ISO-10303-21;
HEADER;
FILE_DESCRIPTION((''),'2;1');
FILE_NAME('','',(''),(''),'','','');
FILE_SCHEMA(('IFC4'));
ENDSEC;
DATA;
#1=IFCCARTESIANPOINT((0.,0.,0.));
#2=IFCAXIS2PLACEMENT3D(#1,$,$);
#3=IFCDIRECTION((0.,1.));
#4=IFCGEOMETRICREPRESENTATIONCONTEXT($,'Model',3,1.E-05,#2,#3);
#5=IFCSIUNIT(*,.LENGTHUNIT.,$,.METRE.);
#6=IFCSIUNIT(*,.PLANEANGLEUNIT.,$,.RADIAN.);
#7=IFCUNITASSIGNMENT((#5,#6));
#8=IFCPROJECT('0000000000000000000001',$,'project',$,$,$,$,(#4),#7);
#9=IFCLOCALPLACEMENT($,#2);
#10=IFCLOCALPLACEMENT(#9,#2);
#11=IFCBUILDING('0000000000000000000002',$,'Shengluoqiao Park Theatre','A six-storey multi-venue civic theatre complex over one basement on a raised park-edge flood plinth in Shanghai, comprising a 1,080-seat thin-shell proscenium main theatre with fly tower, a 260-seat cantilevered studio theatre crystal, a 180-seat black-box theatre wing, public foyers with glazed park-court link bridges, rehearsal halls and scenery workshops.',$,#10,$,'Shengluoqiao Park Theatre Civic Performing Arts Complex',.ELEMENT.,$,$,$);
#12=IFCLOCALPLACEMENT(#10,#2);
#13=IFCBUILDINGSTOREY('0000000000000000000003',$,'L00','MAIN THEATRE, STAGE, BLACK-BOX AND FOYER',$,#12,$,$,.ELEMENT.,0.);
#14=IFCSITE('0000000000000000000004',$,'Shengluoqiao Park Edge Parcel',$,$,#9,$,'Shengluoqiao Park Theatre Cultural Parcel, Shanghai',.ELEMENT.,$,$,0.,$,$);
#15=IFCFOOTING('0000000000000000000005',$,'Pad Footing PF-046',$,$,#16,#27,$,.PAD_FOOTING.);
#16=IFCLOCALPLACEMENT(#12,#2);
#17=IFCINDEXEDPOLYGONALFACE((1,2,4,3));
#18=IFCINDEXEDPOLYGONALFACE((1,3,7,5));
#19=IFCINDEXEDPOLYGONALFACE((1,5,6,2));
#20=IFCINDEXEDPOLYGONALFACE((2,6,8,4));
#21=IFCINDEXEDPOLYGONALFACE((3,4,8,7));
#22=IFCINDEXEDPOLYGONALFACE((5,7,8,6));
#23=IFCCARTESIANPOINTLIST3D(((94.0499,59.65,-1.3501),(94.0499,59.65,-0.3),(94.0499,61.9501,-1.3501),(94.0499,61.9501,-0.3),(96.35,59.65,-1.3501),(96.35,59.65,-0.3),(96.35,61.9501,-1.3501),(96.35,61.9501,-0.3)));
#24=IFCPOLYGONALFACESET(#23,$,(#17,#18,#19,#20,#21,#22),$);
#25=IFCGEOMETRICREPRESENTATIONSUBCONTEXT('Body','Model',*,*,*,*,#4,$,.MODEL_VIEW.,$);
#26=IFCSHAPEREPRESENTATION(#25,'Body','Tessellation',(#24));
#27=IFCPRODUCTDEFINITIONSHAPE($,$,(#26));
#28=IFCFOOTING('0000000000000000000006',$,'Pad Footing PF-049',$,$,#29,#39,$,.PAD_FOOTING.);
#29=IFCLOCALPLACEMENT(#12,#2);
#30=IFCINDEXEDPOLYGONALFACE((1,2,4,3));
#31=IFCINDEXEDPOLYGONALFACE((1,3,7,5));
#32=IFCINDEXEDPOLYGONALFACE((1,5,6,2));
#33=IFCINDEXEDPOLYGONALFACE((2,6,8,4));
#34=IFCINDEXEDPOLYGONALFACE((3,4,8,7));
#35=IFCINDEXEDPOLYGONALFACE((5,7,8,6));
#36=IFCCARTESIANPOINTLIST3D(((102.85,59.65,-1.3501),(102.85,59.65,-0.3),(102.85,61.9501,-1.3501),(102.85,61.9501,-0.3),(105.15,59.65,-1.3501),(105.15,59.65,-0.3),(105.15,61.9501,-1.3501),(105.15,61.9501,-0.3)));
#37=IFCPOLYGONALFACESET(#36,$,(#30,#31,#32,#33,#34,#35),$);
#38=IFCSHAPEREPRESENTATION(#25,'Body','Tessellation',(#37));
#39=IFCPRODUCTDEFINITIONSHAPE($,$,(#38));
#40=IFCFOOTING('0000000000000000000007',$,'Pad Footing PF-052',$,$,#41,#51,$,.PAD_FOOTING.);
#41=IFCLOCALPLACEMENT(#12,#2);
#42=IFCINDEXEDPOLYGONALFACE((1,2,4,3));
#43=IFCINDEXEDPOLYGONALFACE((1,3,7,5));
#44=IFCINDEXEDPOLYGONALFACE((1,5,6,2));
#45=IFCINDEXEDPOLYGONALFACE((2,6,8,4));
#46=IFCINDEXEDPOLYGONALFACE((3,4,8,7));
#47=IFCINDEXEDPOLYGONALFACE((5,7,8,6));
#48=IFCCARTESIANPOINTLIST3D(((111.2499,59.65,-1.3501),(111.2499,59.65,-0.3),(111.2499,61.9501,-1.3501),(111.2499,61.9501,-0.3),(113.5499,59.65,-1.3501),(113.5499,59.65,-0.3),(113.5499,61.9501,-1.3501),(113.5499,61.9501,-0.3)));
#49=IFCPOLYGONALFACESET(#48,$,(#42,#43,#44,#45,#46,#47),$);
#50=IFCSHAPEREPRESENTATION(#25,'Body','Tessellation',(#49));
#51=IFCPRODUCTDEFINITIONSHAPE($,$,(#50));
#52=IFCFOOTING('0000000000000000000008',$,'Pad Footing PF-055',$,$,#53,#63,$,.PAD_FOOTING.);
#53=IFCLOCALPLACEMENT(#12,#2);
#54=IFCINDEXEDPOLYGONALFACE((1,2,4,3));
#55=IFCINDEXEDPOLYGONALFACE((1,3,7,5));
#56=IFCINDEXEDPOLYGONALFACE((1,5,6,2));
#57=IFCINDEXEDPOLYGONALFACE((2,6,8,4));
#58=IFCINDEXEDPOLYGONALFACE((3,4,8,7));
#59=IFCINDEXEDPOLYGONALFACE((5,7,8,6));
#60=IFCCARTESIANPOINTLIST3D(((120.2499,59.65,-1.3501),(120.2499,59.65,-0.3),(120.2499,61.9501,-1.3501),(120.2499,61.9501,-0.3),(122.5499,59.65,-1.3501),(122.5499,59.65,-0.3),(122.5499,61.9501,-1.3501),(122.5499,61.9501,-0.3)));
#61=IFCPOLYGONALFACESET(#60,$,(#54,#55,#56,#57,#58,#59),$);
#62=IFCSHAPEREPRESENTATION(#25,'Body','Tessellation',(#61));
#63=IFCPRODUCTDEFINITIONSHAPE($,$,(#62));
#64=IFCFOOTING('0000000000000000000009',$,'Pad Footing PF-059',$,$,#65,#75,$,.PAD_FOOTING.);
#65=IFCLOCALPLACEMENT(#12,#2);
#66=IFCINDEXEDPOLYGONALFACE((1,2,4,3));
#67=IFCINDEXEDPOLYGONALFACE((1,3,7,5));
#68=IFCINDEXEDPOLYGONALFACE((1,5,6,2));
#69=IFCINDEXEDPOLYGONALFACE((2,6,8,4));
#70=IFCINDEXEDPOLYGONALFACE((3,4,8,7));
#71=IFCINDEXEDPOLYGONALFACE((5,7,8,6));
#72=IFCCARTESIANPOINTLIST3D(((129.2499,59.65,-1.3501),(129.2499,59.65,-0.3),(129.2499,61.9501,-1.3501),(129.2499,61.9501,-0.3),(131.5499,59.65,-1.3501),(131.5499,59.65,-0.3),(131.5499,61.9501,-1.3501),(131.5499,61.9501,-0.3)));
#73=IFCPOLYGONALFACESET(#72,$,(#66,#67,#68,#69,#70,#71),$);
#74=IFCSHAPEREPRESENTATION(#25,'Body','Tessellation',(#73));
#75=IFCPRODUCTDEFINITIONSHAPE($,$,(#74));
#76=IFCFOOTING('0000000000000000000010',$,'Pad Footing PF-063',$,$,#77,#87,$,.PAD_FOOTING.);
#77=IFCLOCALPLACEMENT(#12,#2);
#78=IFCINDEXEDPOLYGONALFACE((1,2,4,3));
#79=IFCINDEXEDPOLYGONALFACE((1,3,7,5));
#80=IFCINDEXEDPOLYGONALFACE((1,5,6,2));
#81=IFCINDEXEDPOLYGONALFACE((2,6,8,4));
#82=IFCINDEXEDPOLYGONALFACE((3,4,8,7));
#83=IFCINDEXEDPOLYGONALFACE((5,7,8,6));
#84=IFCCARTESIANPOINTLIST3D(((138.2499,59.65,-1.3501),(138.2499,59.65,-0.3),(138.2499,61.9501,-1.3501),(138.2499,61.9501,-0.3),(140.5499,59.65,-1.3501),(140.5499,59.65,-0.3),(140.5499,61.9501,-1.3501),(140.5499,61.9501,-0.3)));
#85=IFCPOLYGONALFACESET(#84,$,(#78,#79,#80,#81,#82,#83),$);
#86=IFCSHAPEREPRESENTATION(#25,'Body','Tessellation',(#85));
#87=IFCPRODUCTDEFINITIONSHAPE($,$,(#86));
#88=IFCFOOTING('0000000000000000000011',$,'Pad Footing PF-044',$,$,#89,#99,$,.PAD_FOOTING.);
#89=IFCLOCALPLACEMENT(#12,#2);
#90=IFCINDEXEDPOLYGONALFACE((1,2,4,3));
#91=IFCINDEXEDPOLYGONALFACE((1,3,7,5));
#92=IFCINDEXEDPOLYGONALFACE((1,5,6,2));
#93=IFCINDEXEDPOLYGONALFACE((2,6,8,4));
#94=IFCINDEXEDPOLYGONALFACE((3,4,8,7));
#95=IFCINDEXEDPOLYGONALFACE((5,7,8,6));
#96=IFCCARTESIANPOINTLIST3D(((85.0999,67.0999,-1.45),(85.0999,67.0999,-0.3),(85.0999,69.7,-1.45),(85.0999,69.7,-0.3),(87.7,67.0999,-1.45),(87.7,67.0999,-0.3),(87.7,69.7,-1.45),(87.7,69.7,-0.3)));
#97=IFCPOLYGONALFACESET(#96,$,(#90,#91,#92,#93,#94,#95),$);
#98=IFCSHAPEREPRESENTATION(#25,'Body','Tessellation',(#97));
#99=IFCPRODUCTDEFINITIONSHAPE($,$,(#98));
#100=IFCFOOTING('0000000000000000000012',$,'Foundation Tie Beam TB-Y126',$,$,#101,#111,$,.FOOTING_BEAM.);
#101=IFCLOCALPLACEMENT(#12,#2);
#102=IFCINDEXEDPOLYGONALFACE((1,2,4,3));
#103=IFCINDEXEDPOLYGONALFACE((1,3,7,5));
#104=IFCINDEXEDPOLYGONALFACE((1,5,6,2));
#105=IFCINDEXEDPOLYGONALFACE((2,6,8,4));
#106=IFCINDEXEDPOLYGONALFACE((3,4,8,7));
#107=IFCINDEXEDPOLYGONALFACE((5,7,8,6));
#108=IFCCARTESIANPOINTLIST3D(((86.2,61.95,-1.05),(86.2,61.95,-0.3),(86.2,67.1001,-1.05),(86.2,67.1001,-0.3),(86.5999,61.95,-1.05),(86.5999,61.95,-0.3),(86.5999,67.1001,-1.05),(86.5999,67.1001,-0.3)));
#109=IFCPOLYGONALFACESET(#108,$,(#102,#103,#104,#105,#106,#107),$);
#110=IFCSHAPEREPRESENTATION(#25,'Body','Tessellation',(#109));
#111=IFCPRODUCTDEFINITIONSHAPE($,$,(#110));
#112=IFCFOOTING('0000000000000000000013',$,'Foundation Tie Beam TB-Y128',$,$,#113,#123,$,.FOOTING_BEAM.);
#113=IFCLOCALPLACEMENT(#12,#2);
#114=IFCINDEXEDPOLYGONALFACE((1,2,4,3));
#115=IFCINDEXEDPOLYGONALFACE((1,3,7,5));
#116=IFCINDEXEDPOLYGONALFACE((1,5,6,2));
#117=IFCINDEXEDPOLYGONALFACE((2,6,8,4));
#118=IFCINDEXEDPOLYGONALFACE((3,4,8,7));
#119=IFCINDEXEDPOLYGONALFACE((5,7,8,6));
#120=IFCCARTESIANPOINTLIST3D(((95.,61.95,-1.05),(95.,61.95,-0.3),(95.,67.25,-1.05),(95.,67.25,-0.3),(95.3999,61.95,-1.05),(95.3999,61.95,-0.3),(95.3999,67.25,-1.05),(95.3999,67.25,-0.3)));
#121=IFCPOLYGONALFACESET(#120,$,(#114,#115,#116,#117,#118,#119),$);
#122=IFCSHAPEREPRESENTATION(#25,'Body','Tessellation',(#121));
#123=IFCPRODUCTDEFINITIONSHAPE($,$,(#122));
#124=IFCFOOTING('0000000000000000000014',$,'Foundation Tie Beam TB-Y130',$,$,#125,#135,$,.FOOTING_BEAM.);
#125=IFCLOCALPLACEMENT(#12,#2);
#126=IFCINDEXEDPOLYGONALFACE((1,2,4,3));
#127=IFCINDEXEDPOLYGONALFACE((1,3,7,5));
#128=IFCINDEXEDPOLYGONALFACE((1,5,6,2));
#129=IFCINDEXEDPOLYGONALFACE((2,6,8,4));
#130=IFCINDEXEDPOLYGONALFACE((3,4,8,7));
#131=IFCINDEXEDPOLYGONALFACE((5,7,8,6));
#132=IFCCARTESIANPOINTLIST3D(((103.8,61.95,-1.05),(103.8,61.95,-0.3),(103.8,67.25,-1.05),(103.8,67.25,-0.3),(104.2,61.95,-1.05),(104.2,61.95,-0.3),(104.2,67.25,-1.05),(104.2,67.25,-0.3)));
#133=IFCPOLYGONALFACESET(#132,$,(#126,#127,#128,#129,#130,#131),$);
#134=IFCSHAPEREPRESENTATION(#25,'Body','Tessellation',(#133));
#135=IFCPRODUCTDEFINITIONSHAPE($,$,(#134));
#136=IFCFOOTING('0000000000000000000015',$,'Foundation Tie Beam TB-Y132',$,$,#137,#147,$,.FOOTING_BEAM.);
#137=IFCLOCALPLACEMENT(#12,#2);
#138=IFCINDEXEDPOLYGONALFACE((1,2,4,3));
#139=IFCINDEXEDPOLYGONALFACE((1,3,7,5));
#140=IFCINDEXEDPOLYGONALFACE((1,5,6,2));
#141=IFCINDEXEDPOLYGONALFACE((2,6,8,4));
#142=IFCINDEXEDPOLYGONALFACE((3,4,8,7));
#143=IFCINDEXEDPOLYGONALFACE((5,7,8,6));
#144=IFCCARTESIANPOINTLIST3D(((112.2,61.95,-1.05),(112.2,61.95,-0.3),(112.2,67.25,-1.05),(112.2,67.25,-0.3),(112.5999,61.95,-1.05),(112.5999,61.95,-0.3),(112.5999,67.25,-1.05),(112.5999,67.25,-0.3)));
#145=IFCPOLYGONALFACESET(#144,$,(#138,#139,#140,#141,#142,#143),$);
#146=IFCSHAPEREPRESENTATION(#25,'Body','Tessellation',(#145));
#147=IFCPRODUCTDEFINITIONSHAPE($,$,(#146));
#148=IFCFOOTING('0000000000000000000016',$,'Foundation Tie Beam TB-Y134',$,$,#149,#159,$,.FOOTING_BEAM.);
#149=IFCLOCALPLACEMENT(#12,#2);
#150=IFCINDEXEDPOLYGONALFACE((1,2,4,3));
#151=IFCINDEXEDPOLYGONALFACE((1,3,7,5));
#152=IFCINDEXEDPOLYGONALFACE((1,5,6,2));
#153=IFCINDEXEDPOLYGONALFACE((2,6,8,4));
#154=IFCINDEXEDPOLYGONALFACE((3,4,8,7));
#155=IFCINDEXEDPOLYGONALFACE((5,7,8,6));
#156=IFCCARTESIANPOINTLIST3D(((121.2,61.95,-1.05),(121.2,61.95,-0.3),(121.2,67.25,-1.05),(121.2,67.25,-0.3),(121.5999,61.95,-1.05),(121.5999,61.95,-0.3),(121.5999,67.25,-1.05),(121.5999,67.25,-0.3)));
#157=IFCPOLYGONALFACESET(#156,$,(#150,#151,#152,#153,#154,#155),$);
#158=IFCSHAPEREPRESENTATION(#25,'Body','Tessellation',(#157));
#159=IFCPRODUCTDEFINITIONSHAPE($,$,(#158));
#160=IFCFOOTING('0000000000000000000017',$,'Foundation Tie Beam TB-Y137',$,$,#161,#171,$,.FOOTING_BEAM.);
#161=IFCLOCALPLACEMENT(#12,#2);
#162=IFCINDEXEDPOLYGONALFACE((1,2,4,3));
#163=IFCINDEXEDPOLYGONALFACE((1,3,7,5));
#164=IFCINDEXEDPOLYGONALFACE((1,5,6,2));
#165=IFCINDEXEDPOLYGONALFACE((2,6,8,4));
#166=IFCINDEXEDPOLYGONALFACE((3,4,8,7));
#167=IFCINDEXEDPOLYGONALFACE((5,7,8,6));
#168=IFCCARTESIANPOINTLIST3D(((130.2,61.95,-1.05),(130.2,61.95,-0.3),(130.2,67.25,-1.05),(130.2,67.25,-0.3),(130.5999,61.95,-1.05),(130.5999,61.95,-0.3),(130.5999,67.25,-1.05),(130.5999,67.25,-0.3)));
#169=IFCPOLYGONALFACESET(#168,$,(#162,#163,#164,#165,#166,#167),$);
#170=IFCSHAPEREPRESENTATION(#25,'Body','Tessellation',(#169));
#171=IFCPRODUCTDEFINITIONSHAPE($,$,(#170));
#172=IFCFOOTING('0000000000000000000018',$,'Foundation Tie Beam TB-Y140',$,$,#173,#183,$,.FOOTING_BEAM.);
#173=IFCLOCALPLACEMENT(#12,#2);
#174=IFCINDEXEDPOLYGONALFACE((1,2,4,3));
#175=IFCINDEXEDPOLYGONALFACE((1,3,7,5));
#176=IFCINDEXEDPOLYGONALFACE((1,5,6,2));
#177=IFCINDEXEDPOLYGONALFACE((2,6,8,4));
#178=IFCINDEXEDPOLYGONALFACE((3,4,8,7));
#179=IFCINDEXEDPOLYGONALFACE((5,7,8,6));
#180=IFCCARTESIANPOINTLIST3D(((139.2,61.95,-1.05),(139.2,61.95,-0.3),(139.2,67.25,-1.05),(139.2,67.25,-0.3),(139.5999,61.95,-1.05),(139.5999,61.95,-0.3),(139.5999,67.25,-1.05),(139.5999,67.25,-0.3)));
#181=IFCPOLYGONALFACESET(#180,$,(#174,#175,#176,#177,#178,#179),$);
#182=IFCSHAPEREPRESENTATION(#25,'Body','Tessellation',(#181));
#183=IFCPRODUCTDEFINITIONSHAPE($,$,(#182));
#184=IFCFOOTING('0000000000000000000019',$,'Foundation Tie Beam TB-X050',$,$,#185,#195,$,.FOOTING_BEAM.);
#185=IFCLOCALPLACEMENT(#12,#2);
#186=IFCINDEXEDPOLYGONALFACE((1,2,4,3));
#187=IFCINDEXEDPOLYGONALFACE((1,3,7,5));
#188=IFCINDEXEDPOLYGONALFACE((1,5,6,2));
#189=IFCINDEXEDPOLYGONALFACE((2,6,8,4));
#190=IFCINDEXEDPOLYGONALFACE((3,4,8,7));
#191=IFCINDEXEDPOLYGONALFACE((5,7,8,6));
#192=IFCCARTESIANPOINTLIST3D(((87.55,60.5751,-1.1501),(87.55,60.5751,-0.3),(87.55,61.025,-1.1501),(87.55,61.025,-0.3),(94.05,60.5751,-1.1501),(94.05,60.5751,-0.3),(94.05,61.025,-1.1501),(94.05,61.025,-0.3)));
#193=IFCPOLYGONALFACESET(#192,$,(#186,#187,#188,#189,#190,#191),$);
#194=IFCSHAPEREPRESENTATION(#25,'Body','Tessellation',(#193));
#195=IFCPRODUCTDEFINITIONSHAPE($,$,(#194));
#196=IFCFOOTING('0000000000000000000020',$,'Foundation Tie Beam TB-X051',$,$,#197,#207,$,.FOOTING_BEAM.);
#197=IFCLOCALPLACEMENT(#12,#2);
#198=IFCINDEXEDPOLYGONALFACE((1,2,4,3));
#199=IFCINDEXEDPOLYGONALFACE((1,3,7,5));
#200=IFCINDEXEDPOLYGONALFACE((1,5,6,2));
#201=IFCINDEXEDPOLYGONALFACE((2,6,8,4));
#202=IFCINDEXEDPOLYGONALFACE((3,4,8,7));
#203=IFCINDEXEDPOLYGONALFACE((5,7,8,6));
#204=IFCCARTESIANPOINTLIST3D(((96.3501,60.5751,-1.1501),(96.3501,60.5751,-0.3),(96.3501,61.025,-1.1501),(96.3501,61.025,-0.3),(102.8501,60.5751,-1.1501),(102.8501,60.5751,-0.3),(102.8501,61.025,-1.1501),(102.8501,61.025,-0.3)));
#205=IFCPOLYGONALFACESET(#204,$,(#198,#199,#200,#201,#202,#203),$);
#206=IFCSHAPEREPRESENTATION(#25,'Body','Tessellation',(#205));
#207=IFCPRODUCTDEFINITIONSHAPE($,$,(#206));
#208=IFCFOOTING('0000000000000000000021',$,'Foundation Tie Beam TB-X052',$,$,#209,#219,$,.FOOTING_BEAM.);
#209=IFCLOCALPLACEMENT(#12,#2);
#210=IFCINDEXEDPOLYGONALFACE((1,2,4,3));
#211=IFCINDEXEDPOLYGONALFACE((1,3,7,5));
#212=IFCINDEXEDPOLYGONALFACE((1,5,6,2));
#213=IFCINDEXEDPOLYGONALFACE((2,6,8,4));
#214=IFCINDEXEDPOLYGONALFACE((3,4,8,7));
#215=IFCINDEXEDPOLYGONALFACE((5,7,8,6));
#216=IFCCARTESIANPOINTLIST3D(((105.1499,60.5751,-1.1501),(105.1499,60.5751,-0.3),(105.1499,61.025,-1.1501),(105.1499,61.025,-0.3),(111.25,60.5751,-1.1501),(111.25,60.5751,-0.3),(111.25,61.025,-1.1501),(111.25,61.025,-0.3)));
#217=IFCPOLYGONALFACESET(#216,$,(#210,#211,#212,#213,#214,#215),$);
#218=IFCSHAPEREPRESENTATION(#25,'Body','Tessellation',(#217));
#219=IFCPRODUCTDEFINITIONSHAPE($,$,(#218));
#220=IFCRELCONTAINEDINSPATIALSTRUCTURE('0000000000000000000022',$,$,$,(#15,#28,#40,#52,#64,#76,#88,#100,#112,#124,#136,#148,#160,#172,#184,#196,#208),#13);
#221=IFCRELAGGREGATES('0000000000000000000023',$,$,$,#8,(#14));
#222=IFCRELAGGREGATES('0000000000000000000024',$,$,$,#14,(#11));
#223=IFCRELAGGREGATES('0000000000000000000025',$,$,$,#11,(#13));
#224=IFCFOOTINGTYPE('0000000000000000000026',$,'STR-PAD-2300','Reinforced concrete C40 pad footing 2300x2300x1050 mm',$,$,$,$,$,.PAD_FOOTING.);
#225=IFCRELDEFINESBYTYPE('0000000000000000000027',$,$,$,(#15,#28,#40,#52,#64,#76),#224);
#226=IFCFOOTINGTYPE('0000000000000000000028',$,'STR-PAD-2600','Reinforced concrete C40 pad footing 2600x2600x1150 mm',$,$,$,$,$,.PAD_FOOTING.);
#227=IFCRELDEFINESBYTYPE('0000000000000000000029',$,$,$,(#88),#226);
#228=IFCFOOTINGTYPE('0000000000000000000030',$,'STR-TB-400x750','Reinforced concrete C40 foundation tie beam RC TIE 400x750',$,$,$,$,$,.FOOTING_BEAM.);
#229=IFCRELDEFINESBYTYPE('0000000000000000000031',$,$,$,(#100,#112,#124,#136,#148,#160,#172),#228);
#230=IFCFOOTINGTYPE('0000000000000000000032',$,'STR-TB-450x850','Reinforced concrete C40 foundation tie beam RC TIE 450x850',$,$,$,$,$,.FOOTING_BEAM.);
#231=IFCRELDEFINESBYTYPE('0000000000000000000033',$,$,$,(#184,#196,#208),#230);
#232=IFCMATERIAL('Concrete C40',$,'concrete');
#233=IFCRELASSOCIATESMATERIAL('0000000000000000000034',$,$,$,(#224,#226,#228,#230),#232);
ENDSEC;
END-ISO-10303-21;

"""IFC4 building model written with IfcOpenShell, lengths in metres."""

from ifc_helpers import new_model, si_unit, direction, frame, origin, origin_2d, place, context, subcontext, project, spatial, rectangle, extrude, material, material_profile, profile_set, type_object, element, save


model = new_model("IFC4")

# Units and contexts
model_context = context("Model", 3, precision=1e-05, world=origin(), true_north=direction((0.0, 1.0)))
body_context = subcontext(model_context, "Body", "Model", "MODEL_VIEW")
ifc_project = project(units=[si_unit("LENGTHUNIT", "METRE"), si_unit("PLANEANGLEUNIT", "RADIAN")], contexts=[model_context])

# Site, building, storey
site_placement = place(None, origin())
site = spatial("IfcSite", under=ifc_project, at=site_placement, Name="Shengluoqiao Park Edge Parcel", LongName="Shengluoqiao Park Theatre Cultural Parcel, Shanghai", CompositionType="ELEMENT", RefElevation=0.0)
building_placement = place(site_placement, origin())
building = spatial("IfcBuilding", under=site, at=building_placement, Name="Shengluoqiao Park Theatre", Description="A six-storey multi-venue civic theatre complex over one basement on a raised park-edge flood plinth in Shanghai, comprising a 1,080-seat thin-shell proscenium main theatre with fly tower, a 260-seat cantilevered studio theatre crystal, a 180-seat black-box theatre wing, public foyers with glazed park-court link bridges, rehearsal halls and scenery workshops.", LongName="Shengluoqiao Park Theatre Civic Performing Arts Complex", CompositionType="ELEMENT")
storey_placement = place(building_placement, origin())
storey = spatial("IfcBuildingStorey", under=building, at=storey_placement, Name="L00", Description="MAIN THEATRE, STAGE, BLACK-BOX AND FOYER", CompositionType="ELEMENT", Elevation=0.0)

# Footings
ifc_material_1 = material(Name="Concrete C40", Category="concrete")
footing_type_1 = type_object("IfcFootingType", Name="STR-PAD-2300", Description="Reinforced concrete C40 pad footing 2300x2300x1050 mm", PredefinedType="PAD_FOOTING", material=ifc_material_1)
for number, where, z_axis, x_axis, name in (
    (1, (95.2, 60.8, -1.3501), (0.0, 0.0, 1.0), (1.0, 0.0, 0.0), "Pad Footing PF-046"),
    (2, (104.0, 60.8, -1.3501), (0.0, 0.0, 1.0), (1.0, 0.0, 0.0), "Pad Footing PF-049"),
    (3, (112.3999, 60.8, -1.3501), (0.0, 0.0, 1.0), (1.0, 0.0, 0.0), "Pad Footing PF-052"),
    (4, (121.3999, 60.8, -1.3501), (0.0, 0.0, 1.0), (1.0, 0.0, 0.0), "Pad Footing PF-055"),
    (5, (130.3999, 60.8, -1.3501), (0.0, 0.0, 1.0), (1.0, 0.0, 0.0), "Pad Footing PF-059"),
    (6, (139.3999, 60.8, -1.3501), (0.0, 0.0, 1.0), (1.0, 0.0, 0.0), "Pad Footing PF-063"),
):
    element("IfcFooting", number, at=place(storey_placement, frame(where, z_axis=z_axis, x_axis=x_axis)), inside=storey, type_object=footing_type_1, Name=name, PredefinedType="PAD_FOOTING", context=body_context, shape_type="SweptSolid", body=[
        extrude(rectangle(XDim=2.3, YDim=2.3, at=origin_2d()), origin(), (0.0, 0.0, 1.0), 1.05),
    ])
footing_type_2 = type_object("IfcFootingType", Name="STR-PAD-2600", Description="Reinforced concrete C40 pad footing 2600x2600x1150 mm", PredefinedType="PAD_FOOTING", material=ifc_material_1)
footing_1_placement = place(storey_placement, frame((86.3999, 68.3999, -1.45), z_axis=(0.0, 0.0, 1.0), x_axis=(1.0, 0.0, 0.0)))
element("IfcFooting", 7, at=footing_1_placement, inside=storey, type_object=footing_type_2, Name="Pad Footing PF-044", PredefinedType="PAD_FOOTING", context=body_context, shape_type="SweptSolid", body=[
    extrude(rectangle(XDim=2.6001, YDim=2.6001, at=origin_2d()), origin(), (0.0, 0.0, 1.0), 1.1499),
])
ifc_material_profile_1 = material_profile(ifc_material_1, rectangle(XDim=0.3999, YDim=0.75, at=origin_2d()), Name="RC TIE 400x750")
ifc_profile_set_1 = profile_set([ifc_material_profile_1], Name="Concrete C40")
footing_type_3 = type_object("IfcFootingType", Name="STR-TB-400x750", Description="Reinforced concrete C40 foundation tie beam RC TIE 400x750", PredefinedType="FOOTING_BEAM", material=ifc_profile_set_1)
footing_2_placement = place(storey_placement, frame((86.3999, 61.95, -0.675), z_axis=(0.0, 1.0, 0.0), x_axis=(-1.0, 0.0, 0.0)))
element("IfcFooting", 8, at=footing_2_placement, inside=storey, type_object=footing_type_3, Name="Foundation Tie Beam TB-Y126", PredefinedType="FOOTING_BEAM", context=body_context, shape_type="SweptSolid", body=[
    extrude(rectangle(XDim=0.3999, YDim=0.75, at=origin_2d()), origin(), (0.0, 0.0, 1.0), 5.1501),
])
for number, where, z_axis, x_axis, name in (
    (9, (95.2, 61.95, -0.675), (0.0, 1.0, 0.0), (-1.0, 0.0, 0.0), "Foundation Tie Beam TB-Y128"),
    (10, (104.0, 61.95, -0.675), (0.0, 1.0, 0.0), (-1.0, 0.0, 0.0), "Foundation Tie Beam TB-Y130"),
    (11, (112.3999, 61.95, -0.675), (0.0, 1.0, 0.0), (-1.0, 0.0, 0.0), "Foundation Tie Beam TB-Y132"),
    (12, (121.3999, 61.95, -0.675), (0.0, 1.0, 0.0), (-1.0, 0.0, 0.0), "Foundation Tie Beam TB-Y134"),
    (13, (130.3999, 61.95, -0.675), (0.0, 1.0, 0.0), (-1.0, 0.0, 0.0), "Foundation Tie Beam TB-Y137"),
    (14, (139.3999, 61.95, -0.675), (0.0, 1.0, 0.0), (-1.0, 0.0, 0.0), "Foundation Tie Beam TB-Y140"),
):
    element("IfcFooting", number, at=place(storey_placement, frame(where, z_axis=z_axis, x_axis=x_axis)), inside=storey, type_object=footing_type_3, Name=name, PredefinedType="FOOTING_BEAM", context=body_context, shape_type="SweptSolid", body=[
        extrude(rectangle(XDim=0.3999, YDim=0.75, at=origin_2d()), origin(), (0.0, 0.0, 1.0), 5.3),
    ])
ifc_material_profile_2 = material_profile(ifc_material_1, rectangle(XDim=0.45, YDim=0.8501, at=origin_2d()), Name="RC TIE 450x850")
ifc_profile_set_2 = profile_set([ifc_material_profile_2], Name="Concrete C40")
footing_type_4 = type_object("IfcFootingType", Name="STR-TB-450x850", Description="Reinforced concrete C40 foundation tie beam RC TIE 450x850", PredefinedType="FOOTING_BEAM", material=ifc_profile_set_2)
for number, where, z_axis, x_axis, name in (
    (15, (87.55, 60.8, -0.7251), (1.0, 0.0, 0.0), (0.0, 1.0, 0.0), "Foundation Tie Beam TB-X050"),
    (16, (96.3501, 60.8, -0.7251), (1.0, 0.0, 0.0), (0.0, 1.0, 0.0), "Foundation Tie Beam TB-X051"),
):
    element("IfcFooting", number, at=place(storey_placement, frame(where, z_axis=z_axis, x_axis=x_axis)), inside=storey, type_object=footing_type_4, Name=name, PredefinedType="FOOTING_BEAM", context=body_context, shape_type="SweptSolid", body=[
        extrude(rectangle(XDim=0.45, YDim=0.8501, at=origin_2d()), origin(), (0.0, 0.0, 1.0), 6.5),
    ])
footing_3_placement = place(storey_placement, frame((105.1499, 60.8, -0.7251), z_axis=(1.0, 0.0, 0.0), x_axis=(0.0, 1.0, 0.0)))
element("IfcFooting", 17, at=footing_3_placement, inside=storey, type_object=footing_type_4, Name="Foundation Tie Beam TB-X052", PredefinedType="FOOTING_BEAM", context=body_context, shape_type="SweptSolid", body=[
    extrude(rectangle(XDim=0.45, YDim=0.8501, at=origin_2d()), origin(), (0.0, 0.0, 1.0), 6.1001),
])

save(model, "model.ifc")
